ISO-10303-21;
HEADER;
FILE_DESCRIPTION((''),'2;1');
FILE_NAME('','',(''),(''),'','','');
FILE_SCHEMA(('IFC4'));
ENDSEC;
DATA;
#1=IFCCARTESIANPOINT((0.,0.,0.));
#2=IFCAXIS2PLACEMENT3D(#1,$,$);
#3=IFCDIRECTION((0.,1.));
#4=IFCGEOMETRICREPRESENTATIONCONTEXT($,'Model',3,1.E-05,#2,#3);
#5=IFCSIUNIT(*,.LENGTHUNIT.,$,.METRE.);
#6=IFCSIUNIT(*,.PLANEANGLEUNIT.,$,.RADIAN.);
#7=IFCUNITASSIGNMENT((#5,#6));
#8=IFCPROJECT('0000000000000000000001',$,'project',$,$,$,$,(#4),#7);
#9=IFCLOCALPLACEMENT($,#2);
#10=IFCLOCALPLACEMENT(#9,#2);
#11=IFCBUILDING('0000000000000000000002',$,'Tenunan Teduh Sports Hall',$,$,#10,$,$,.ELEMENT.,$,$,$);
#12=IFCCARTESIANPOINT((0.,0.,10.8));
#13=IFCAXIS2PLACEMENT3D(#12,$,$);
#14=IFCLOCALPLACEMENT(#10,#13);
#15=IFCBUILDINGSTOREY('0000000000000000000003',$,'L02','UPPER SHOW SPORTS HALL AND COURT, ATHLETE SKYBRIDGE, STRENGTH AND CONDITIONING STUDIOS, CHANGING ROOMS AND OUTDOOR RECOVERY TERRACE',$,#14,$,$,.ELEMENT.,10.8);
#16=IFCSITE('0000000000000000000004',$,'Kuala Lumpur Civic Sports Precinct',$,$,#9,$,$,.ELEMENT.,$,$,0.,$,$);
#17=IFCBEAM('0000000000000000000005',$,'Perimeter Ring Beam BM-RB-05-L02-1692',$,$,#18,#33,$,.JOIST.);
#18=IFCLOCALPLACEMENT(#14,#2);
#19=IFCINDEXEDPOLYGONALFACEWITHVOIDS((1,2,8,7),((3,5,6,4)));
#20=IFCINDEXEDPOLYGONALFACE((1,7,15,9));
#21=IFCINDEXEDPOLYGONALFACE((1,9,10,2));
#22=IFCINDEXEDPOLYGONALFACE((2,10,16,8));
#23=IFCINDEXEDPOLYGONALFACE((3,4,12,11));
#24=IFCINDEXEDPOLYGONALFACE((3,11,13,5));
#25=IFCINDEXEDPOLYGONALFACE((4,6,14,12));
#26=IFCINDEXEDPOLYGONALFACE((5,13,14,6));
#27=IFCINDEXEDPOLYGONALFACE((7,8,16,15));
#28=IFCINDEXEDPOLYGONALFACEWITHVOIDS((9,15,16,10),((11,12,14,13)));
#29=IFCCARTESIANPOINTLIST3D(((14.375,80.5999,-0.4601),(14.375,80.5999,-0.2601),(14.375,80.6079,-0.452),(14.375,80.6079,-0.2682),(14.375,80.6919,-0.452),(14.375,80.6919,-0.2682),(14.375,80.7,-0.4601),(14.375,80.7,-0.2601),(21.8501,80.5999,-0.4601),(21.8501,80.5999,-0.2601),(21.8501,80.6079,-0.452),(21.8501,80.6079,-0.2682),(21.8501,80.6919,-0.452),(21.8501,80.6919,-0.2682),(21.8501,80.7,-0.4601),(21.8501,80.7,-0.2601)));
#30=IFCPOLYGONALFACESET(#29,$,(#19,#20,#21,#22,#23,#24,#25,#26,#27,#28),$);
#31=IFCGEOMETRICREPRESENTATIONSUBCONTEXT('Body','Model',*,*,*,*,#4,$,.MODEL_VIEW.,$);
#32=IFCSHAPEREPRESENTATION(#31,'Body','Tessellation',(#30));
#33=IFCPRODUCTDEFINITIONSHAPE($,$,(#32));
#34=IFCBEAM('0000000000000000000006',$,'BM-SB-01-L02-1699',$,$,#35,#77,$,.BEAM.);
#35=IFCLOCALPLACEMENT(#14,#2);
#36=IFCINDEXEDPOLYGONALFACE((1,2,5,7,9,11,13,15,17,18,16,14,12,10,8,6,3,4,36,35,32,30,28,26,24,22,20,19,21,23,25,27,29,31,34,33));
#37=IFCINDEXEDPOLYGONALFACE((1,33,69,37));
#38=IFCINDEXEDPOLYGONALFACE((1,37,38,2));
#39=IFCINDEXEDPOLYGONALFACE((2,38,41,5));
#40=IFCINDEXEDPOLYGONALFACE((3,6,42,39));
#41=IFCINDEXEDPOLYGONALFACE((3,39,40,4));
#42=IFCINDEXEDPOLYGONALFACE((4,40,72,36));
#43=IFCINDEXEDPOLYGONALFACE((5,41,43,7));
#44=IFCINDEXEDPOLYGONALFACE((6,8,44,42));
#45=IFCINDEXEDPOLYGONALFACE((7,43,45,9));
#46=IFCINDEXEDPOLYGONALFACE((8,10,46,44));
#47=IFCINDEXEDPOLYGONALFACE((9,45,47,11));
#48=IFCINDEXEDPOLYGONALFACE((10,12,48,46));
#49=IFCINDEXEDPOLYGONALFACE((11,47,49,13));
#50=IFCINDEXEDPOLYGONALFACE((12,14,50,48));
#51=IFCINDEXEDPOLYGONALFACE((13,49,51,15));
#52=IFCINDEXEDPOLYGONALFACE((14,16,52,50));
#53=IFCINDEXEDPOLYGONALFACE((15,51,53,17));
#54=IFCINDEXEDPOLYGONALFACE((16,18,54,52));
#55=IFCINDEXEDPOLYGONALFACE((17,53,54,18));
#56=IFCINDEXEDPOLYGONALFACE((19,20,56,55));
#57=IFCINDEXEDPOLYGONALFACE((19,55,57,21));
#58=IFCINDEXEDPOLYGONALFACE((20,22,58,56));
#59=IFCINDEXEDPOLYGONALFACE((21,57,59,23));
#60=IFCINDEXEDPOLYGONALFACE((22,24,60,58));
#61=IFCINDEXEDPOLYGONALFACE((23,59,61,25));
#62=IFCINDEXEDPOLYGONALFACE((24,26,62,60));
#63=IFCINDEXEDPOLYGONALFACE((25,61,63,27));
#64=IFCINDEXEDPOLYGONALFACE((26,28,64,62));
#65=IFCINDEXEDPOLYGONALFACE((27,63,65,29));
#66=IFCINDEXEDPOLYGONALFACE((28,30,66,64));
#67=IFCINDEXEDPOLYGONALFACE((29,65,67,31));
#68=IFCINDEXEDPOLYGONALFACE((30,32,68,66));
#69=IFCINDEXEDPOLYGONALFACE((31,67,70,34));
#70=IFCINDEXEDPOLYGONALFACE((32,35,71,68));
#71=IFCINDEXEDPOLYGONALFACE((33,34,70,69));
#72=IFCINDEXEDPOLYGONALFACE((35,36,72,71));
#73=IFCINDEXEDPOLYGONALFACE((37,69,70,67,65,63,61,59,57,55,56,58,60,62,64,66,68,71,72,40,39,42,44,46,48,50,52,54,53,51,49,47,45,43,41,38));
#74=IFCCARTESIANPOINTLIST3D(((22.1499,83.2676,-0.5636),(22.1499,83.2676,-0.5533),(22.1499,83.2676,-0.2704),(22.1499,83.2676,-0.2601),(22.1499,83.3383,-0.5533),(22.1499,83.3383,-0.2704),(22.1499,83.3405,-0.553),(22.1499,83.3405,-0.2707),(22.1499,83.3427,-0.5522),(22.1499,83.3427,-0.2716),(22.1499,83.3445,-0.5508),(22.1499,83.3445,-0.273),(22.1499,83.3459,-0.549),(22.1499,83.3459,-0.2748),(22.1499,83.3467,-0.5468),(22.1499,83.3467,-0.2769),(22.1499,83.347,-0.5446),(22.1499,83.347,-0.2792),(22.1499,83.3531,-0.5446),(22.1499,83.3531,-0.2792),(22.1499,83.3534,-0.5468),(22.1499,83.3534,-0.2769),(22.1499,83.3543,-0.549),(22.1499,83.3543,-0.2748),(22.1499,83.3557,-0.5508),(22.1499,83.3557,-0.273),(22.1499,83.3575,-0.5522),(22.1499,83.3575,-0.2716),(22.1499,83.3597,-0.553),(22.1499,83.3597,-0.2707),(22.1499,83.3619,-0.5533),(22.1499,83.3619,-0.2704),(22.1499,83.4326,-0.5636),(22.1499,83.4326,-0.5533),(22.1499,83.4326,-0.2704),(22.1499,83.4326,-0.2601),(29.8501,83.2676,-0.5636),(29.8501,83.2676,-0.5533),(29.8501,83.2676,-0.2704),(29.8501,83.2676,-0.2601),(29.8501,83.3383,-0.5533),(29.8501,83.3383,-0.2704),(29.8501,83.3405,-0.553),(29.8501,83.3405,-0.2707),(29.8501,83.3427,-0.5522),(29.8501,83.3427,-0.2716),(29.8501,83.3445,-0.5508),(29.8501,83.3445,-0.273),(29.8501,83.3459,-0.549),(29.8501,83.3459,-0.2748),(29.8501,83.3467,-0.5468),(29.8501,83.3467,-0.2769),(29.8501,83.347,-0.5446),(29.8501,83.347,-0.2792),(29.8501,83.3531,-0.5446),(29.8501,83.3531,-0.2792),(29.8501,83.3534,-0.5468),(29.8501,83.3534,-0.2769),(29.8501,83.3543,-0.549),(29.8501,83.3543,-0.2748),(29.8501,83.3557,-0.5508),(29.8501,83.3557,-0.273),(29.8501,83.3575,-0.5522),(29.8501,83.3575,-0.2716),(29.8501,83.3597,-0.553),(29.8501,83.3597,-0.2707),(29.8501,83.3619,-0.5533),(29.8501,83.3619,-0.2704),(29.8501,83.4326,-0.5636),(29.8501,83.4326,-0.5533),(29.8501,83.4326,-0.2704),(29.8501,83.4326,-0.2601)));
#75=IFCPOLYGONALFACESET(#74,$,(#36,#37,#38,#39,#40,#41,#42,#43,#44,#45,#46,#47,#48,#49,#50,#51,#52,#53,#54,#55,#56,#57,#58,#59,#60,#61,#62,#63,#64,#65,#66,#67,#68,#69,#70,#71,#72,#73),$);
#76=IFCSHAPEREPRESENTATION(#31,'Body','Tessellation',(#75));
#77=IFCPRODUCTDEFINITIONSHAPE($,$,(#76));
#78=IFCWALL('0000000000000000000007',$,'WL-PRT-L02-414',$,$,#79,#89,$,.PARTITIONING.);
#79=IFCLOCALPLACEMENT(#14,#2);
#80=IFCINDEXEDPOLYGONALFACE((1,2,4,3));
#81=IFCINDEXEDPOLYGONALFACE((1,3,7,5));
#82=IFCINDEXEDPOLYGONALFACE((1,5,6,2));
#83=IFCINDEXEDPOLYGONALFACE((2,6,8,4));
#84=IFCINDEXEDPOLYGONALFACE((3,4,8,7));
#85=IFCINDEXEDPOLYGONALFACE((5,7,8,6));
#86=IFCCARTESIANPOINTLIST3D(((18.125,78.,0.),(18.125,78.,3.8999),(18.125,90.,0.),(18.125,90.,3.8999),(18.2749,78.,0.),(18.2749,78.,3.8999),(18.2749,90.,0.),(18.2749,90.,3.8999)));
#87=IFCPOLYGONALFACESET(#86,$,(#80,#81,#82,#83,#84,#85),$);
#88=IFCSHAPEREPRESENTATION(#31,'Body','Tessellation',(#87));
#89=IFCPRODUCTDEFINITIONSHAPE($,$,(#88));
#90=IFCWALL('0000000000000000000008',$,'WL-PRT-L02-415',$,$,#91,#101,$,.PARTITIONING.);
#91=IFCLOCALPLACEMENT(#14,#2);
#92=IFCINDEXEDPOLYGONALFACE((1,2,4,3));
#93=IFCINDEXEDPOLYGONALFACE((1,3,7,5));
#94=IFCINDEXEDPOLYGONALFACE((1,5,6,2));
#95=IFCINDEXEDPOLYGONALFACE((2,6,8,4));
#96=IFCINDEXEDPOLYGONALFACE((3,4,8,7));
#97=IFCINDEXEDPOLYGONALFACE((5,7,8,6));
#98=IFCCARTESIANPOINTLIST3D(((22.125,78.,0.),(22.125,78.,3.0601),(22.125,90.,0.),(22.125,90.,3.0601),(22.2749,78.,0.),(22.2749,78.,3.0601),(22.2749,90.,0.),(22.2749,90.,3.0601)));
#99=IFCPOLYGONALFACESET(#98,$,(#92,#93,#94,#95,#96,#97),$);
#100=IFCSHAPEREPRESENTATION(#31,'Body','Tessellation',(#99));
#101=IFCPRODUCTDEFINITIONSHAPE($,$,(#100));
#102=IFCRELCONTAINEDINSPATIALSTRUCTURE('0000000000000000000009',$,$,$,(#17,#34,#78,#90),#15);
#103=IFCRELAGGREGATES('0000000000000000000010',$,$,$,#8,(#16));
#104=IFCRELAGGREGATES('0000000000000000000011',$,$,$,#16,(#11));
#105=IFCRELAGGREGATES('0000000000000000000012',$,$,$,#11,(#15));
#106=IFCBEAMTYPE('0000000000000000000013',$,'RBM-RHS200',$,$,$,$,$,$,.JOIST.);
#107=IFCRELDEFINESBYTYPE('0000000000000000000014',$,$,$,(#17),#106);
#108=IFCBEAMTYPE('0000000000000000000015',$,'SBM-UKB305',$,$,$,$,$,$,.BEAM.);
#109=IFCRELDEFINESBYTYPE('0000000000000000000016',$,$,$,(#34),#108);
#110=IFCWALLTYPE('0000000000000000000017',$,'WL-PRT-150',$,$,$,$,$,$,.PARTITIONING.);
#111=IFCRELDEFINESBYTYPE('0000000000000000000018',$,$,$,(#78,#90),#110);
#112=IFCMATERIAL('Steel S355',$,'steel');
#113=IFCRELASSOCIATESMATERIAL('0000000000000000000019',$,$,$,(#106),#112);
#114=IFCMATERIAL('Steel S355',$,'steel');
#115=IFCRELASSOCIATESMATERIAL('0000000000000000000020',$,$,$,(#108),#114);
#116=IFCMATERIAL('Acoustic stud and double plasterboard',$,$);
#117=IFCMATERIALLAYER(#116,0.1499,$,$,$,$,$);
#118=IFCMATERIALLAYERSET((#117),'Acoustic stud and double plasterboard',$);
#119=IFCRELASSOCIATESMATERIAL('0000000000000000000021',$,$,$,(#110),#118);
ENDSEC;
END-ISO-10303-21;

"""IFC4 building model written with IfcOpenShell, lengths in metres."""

from ifc_helpers import new_model, si_unit, direction, frame, frame_2d, origin, origin_2d, place, context, subcontext, project, spatial, rectangle, hollow_rectangle, i_section, extrude, material, layer, layer_set, material_profile, profile_set, type_object, element, save


model = new_model("IFC4")

# Units and contexts
model_context = context("Model", 3, precision=1e-05, world=origin(), true_north=direction((0.0, 1.0)))
body_context = subcontext(model_context, "Body", "Model", "MODEL_VIEW")
ifc_project = project(units=[si_unit("LENGTHUNIT", "METRE"), si_unit("PLANEANGLEUNIT", "RADIAN")], contexts=[model_context])

# Site, building, storey
site_placement = place(None, origin())
site = spatial("IfcSite", under=ifc_project, at=site_placement, Name="Kuala Lumpur Civic Sports Precinct", CompositionType="ELEMENT", RefElevation=0.0)
building_placement = place(site_placement, origin())
building = spatial("IfcBuilding", under=site, at=building_placement, Name="Tenunan Teduh Sports Hall", CompositionType="ELEMENT")
storey_placement = place(building_placement, frame((0.0, 0.0, 10.8)))
storey = spatial("IfcBuildingStorey", under=building, at=storey_placement, Name="L02", Description="UPPER SHOW SPORTS HALL AND COURT, ATHLETE SKYBRIDGE, STRENGTH AND CONDITIONING STUDIOS, CHANGING ROOMS AND OUTDOOR RECOVERY TERRACE", CompositionType="ELEMENT", Elevation=10.8)

# Beams
ifc_material_1 = material(Name="Steel S355", Category="steel")
ifc_material_profile_1 = material_profile(ifc_material_1, hollow_rectangle(XDim=0.1001, YDim=0.2, WallThickness=0.0081, at=origin_2d()), Name="RHS 200x100x8.0")
ifc_profile_set_1 = profile_set([ifc_material_profile_1], Name="Steel S355")
beam_type_1 = type_object("IfcBeamType", Name="RBM-RHS200", PredefinedType="JOIST", material=ifc_profile_set_1)
beam_1_placement = place(storey_placement, frame((14.375, 80.6499, -0.3601), z_axis=(1.0, 0.0, 0.0), x_axis=(0.0, 1.0, 0.0)))
element("IfcBeam", 1, at=beam_1_placement, inside=storey, type_object=beam_type_1, Name="Perimeter Ring Beam BM-RB-05-L02-1692", PredefinedType="JOIST", context=body_context, shape_type="SweptSolid", body=[
    extrude(hollow_rectangle(XDim=0.1001, YDim=0.2, WallThickness=0.0081, at=origin_2d()), origin(), (0.0, 0.0, 1.0), 7.4751),
])
ifc_material_2 = material(Name="Steel S355", Category="steel")
ifc_material_profile_2 = material_profile(ifc_material_2, i_section(OverallWidth=0.165, OverallDepth=0.3035, WebThickness=0.0061, FlangeThickness=0.0103, FilletRadius=0.0088, at=origin_2d()), Name="UKB 305x165x40")
ifc_profile_set_2 = profile_set([ifc_material_profile_2], Name="Steel S355")
beam_type_2 = type_object("IfcBeamType", Name="SBM-UKB305", PredefinedType="BEAM", material=ifc_profile_set_2)
beam_2_placement = place(storey_placement, frame((22.1499, 83.3501, -0.4119), z_axis=(1.0, 0.0, 0.0), x_axis=(0.0, 1.0, 0.0)))
element("IfcBeam", 2, at=beam_2_placement, inside=storey, type_object=beam_type_2, Name="BM-SB-01-L02-1699", PredefinedType="BEAM", context=body_context, shape_type="SweptSolid", body=[
    extrude(i_section(OverallWidth=0.165, OverallDepth=0.3035, WebThickness=0.0061, FlangeThickness=0.0103, FilletRadius=0.0088, at=origin_2d()), origin(), (0.0, 0.0, 1.0), 7.7002),
])

# Walls
ifc_material_3 = material(Name="Acoustic stud and double plasterboard")
ifc_layer_1 = layer(ifc_material_3, 0.1499)
ifc_layer_set_1 = layer_set([ifc_layer_1], Name="Acoustic stud and double plasterboard")
wall_type = type_object("IfcWallType", Name="WL-PRT-150", PredefinedType="PARTITIONING", material=ifc_layer_set_1)
wall_1_placement = place(storey_placement, frame((18.2, 78.0, 0.0), z_axis=(0.0, 0.0, 1.0), x_axis=(0.0, 1.0, 0.0)))
element("IfcWall", 3, at=wall_1_placement, inside=storey, type_object=wall_type, Name="WL-PRT-L02-414", PredefinedType="PARTITIONING", context=body_context, shape_type="SweptSolid", body=[
    extrude(rectangle(XDim=12.0, YDim=0.1499, at=frame_2d((6.0, 0.0))), origin(), (0.0, 0.0, 1.0), 3.8999),
])
wall_2_placement = place(storey_placement, frame((22.2, 78.0, 0.0), z_axis=(0.0, 0.0, 1.0), x_axis=(0.0, 1.0, 0.0)))
element("IfcWall", 4, at=wall_2_placement, inside=storey, type_object=wall_type, Name="WL-PRT-L02-415", PredefinedType="PARTITIONING", context=body_context, shape_type="SweptSolid", body=[
    extrude(rectangle(XDim=12.0, YDim=0.1499, at=frame_2d((6.0, 0.0))), origin(), (0.0, 0.0, 1.0), 3.0601),
])

save(model, "model.ifc")
